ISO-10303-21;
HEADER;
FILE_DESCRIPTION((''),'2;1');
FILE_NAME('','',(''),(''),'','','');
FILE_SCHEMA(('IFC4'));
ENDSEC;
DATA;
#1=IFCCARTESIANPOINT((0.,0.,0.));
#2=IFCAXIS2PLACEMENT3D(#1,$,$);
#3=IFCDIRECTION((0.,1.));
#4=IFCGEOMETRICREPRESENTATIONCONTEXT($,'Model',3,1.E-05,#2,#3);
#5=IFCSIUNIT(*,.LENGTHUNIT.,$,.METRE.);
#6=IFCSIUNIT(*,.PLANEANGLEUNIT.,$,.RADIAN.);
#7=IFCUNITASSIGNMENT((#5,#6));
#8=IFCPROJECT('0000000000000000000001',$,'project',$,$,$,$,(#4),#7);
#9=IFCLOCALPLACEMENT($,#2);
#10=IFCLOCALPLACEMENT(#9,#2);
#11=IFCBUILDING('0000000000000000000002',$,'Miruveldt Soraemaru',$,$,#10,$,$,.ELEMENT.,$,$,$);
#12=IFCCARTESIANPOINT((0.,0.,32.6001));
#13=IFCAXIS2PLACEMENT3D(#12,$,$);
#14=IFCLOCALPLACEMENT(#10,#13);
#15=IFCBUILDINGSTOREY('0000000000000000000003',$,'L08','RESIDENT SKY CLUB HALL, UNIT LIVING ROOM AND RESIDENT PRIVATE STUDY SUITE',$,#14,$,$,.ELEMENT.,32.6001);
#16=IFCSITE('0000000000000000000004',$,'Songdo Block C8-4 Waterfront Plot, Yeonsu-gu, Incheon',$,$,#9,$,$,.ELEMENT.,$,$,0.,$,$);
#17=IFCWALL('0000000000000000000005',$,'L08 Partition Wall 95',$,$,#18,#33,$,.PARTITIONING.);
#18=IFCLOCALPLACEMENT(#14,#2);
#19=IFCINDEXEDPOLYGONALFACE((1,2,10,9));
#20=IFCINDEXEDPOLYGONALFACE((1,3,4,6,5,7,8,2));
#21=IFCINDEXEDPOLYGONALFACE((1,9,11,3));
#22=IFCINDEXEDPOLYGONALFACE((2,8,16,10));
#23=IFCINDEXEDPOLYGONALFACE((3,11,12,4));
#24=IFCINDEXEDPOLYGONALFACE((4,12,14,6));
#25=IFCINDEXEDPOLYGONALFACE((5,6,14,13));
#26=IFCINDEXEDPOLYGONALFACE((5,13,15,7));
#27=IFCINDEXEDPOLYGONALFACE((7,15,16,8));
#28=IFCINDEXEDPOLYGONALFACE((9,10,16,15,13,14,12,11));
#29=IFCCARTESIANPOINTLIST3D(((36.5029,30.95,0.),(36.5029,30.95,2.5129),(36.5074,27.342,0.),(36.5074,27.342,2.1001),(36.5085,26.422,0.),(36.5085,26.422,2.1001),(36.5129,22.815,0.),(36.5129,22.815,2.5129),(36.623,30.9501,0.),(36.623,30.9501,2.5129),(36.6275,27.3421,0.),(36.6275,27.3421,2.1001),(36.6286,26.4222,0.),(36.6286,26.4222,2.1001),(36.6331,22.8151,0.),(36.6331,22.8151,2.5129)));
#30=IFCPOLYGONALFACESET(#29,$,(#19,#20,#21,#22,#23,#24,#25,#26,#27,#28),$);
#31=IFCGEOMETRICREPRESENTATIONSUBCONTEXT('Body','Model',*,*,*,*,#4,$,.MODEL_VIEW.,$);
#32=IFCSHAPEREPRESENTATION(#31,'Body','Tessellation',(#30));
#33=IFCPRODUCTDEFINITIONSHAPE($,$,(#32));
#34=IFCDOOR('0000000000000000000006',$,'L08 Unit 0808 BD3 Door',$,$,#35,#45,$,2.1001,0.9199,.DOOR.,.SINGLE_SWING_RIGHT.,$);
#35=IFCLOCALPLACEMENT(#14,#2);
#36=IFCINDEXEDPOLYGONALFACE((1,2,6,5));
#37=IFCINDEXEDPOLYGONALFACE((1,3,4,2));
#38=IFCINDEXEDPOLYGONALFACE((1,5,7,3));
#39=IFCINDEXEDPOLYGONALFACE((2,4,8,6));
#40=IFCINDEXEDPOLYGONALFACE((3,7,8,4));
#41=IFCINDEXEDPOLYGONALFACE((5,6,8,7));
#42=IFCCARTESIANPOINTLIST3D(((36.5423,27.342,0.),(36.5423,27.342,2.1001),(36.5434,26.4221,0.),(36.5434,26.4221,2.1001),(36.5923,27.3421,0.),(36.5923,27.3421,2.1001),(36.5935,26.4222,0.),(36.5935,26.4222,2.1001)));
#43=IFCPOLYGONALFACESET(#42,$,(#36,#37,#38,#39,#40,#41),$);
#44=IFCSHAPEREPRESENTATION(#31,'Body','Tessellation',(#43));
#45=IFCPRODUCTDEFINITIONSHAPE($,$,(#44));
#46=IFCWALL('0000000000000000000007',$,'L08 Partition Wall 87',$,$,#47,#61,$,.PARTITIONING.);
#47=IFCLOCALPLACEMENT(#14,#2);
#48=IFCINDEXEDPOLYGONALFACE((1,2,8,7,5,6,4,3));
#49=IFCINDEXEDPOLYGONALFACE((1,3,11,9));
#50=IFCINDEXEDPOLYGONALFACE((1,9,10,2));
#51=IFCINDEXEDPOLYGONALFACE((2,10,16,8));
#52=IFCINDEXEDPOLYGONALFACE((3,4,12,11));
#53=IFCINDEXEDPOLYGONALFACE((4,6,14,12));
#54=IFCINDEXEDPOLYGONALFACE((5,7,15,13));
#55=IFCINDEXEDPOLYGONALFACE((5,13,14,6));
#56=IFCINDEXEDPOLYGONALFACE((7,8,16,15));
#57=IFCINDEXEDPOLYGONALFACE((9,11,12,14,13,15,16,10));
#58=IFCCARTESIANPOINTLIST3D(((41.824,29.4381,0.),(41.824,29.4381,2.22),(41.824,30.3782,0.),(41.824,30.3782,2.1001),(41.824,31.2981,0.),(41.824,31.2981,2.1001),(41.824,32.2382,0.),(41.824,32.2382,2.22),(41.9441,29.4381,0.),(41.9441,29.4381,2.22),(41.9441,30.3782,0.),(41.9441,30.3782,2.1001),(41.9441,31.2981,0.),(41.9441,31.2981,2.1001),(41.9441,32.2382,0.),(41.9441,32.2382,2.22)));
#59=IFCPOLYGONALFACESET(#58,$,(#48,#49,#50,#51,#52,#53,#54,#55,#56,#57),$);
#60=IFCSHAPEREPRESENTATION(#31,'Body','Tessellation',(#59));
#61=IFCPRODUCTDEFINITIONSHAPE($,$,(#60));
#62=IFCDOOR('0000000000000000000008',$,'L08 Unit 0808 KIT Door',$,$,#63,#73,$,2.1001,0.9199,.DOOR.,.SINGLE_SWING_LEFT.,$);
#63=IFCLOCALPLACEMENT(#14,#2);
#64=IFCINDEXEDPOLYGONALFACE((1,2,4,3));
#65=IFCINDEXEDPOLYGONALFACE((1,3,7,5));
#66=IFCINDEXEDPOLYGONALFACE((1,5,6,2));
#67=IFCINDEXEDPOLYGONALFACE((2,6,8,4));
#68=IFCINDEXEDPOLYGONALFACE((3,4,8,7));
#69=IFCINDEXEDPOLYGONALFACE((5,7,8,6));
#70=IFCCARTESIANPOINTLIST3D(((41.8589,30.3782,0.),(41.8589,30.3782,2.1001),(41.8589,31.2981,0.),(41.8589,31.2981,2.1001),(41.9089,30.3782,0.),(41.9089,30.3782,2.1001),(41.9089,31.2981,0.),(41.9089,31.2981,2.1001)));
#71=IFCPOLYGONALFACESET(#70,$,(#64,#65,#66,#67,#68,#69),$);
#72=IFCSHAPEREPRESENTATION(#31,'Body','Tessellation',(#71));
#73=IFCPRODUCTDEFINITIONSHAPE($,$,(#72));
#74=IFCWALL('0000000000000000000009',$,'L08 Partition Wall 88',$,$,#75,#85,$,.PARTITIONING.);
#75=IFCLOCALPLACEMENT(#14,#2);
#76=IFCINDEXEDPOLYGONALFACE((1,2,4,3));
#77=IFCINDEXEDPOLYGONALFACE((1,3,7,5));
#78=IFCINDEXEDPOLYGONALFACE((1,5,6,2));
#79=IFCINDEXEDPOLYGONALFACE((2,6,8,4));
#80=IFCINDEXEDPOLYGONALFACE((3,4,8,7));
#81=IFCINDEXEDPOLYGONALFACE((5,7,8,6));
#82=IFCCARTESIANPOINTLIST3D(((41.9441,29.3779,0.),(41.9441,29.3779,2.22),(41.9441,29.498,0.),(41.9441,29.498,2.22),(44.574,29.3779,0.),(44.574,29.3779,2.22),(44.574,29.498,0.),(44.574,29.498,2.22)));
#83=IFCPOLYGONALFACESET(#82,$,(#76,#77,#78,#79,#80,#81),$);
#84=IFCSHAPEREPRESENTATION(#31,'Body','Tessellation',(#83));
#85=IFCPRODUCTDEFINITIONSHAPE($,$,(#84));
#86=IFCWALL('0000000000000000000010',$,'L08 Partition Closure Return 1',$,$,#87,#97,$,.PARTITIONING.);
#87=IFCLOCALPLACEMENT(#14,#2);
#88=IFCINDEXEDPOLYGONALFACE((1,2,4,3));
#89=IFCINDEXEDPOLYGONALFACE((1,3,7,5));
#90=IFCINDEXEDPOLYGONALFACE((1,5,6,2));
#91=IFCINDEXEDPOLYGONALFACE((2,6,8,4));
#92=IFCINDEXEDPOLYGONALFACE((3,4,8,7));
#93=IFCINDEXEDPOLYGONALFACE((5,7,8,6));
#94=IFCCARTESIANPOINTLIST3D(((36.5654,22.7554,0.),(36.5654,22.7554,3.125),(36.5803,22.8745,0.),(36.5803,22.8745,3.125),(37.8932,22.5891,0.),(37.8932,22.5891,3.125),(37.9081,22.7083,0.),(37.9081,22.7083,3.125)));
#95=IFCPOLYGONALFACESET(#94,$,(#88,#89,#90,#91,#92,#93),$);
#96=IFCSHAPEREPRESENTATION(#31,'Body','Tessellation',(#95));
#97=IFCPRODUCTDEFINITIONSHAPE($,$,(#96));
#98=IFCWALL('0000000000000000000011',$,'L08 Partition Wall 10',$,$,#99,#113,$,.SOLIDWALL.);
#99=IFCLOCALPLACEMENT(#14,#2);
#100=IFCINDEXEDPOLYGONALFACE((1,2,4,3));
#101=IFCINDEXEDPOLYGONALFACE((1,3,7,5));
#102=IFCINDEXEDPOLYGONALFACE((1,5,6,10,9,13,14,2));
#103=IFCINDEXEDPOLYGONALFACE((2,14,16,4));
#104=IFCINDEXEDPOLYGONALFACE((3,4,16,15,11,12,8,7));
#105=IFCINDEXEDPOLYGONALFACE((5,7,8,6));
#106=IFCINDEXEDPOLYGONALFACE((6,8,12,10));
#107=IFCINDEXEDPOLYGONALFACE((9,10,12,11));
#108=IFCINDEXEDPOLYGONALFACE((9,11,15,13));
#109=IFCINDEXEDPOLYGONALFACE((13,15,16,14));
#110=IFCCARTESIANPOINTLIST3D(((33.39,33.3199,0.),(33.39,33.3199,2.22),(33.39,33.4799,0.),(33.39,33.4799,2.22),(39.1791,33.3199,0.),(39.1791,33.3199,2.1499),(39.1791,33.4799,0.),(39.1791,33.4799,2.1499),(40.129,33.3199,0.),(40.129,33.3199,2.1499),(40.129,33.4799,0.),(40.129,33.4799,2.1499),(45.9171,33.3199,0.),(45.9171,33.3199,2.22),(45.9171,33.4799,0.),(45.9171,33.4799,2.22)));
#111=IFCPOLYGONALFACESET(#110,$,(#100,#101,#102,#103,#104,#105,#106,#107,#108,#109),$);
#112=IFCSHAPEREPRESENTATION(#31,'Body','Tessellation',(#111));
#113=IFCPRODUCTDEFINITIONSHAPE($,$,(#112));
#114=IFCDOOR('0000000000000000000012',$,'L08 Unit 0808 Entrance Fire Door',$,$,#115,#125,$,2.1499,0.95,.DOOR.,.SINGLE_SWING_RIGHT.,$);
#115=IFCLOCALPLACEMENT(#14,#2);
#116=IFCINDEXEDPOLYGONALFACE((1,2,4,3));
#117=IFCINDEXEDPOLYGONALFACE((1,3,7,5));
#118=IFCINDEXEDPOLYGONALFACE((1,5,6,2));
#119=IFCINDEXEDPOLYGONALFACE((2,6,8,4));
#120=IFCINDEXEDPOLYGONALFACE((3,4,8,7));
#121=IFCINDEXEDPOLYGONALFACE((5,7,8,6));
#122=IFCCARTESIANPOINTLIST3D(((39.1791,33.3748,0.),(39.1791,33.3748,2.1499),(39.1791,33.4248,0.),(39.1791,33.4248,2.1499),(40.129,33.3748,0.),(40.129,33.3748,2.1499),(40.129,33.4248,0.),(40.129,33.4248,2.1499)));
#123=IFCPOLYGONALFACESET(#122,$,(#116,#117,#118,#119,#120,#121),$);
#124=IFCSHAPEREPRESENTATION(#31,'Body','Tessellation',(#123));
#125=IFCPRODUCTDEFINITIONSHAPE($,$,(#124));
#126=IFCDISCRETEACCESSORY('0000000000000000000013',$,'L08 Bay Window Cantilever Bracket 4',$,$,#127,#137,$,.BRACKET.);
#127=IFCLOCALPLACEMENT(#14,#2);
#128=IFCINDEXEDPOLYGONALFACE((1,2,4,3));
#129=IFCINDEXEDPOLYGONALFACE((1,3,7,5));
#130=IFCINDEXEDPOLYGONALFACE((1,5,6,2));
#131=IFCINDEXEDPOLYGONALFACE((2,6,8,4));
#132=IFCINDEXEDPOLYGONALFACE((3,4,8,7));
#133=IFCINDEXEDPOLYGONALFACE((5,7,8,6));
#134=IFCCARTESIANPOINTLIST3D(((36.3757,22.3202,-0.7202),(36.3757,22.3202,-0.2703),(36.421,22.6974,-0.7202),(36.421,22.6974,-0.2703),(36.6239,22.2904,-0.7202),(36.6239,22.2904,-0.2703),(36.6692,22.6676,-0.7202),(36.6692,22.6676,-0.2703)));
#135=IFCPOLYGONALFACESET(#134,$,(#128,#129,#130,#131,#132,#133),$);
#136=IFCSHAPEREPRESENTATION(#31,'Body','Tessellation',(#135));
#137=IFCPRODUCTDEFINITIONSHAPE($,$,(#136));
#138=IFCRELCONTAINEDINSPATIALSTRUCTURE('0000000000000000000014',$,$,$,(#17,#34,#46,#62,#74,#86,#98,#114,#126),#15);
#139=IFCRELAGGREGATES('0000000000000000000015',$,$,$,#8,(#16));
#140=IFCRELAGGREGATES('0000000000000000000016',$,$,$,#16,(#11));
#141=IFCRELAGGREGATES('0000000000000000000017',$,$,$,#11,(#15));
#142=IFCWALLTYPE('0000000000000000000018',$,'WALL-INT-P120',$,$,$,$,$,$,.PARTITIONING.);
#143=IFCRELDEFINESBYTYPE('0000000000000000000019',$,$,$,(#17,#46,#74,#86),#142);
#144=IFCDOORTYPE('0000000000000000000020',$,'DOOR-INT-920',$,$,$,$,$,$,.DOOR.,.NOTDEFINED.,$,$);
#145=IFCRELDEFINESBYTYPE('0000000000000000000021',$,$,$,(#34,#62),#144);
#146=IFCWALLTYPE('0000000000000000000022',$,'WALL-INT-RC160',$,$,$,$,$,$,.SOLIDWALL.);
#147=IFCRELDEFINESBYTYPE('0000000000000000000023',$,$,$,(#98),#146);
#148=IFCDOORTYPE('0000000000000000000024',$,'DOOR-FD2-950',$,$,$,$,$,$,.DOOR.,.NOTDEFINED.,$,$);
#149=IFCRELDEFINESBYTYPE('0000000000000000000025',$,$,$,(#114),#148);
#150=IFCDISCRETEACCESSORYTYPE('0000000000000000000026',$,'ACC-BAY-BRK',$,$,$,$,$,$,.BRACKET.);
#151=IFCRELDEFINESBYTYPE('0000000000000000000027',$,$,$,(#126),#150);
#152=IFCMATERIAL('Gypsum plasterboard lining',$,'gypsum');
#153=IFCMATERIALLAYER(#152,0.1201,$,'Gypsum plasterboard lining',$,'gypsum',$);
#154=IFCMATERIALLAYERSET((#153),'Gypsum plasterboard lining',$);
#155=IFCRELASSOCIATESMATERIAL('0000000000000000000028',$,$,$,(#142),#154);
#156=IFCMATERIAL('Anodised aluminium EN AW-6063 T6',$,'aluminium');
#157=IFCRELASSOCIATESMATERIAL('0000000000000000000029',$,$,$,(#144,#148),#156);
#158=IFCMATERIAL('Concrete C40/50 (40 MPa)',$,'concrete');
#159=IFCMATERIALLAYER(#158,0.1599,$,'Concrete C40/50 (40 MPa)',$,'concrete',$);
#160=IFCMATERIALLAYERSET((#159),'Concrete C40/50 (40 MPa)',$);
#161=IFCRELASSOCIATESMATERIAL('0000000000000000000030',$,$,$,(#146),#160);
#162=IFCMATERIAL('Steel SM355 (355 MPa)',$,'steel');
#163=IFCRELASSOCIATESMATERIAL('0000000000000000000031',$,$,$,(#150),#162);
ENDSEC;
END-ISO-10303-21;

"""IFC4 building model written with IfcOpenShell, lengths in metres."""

from ifc_helpers import new_model, si_unit, direction, frame, frame_2d, origin, origin_2d, place, context, subcontext, project, spatial, rectangle, extrude, material, layer, layer_set, type_object, element, fill, save


model = new_model("IFC4")

# Units and contexts
model_context = context("Model", 3, precision=1e-05, world=origin(), true_north=direction((0.0, 1.0)))
body_context = subcontext(model_context, "Body", "Model", "MODEL_VIEW")
ifc_project = project(units=[si_unit("LENGTHUNIT", "METRE"), si_unit("PLANEANGLEUNIT", "RADIAN")], contexts=[model_context])

# Site, building, storey
site_placement = place(None, origin())
site = spatial("IfcSite", under=ifc_project, at=site_placement, Name="Songdo Block C8-4 Waterfront Plot, Yeonsu-gu, Incheon", CompositionType="ELEMENT", RefElevation=0.0)
building_placement = place(site_placement, origin())
building = spatial("IfcBuilding", under=site, at=building_placement, Name="Miruveldt Soraemaru", CompositionType="ELEMENT")
storey_placement = place(building_placement, frame((0.0, 0.0, 32.6001)))
storey = spatial("IfcBuildingStorey", under=building, at=storey_placement, Name="L08", Description="RESIDENT SKY CLUB HALL, UNIT LIVING ROOM AND RESIDENT PRIVATE STUDY SUITE", CompositionType="ELEMENT", Elevation=32.6001)

# Shared definitions
ifc_material_1 = material(Name="Steel SM355 (355 MPa)", Category="steel")

# Walls, openings, doors
ifc_material_2 = material(Name="Gypsum plasterboard lining", Category="gypsum")
ifc_layer_1 = layer(ifc_material_2, 0.1201, Name="Gypsum plasterboard lining", Category="gypsum")
ifc_layer_set_1 = layer_set([ifc_layer_1], Name="Gypsum plasterboard lining")
wall_type_1 = type_object("IfcWallType", Name="WALL-INT-P120", PredefinedType="PARTITIONING", material=ifc_layer_set_1)
wall_1_placement = place(storey_placement, frame((36.563, 30.95, 0.0), z_axis=(0.0, 0.0, 1.0), x_axis=(0.00123, -0.999999, 0.0)))
wall_1 = element("IfcWall", 1, at=wall_1_placement, inside=storey, type_object=wall_type_1, Name="L08 Partition Wall 95", PredefinedType="PARTITIONING", context=body_context, shape_type="SweptSolid", body=[
    extrude(rectangle(XDim=8.135, YDim=0.1201, at=frame_2d((4.0674, 0.0))), origin(), (0.0, 0.0, 1.0), 2.5129),
])
opening_1_placement = place(wall_1_placement, frame((3.6079, 0.0, 0.0)))
opening_1 = element("IfcOpeningElement", 2, at=opening_1_placement, cuts=wall_1, PredefinedType="OPENING", context=body_context, shape_type="SweptSolid", body=[
    extrude(rectangle(XDim=0.9199, YDim=2.1001, at=frame_2d((0.46, 1.05))), frame((0.0, 0.0701, 0.0), z_axis=(0.0, -1.0, 0.0), x_axis=(1.0, 0.0, 0.0)), (0.0, 0.0, 1.0), 0.1401),
])
ifc_material_3 = material(Name="Anodised aluminium EN AW-6063 T6", Category="aluminium")
door_type_1 = type_object("IfcDoorType", Name="DOOR-INT-920", OperationType="NOTDEFINED", PredefinedType="DOOR", material=ifc_material_3)
door_1_placement = place(opening_1_placement, origin())
door_1 = element("IfcDoor", 3, at=door_1_placement, inside=storey, type_object=door_type_1, Name="L08 Unit 0808 BD3 Door", OperationType="SINGLE_SWING_RIGHT", OverallHeight=2.1001, OverallWidth=0.9199, PredefinedType="DOOR", context=body_context, shape_type="SweptSolid", body=[
    extrude(rectangle(XDim=0.9199, YDim=2.1001, at=frame_2d((0.46, 1.05))), frame((0.0, 0.0249, 0.0), z_axis=(0.0, -1.0, 0.0), x_axis=(1.0, 0.0, 0.0)), (0.0, 0.0, 1.0), 0.05),
])
fill(opening_1, door_1)
wall_2_placement = place(storey_placement, frame((41.884, 32.238, 0.0), z_axis=(0.0, 0.0, 1.0), x_axis=(0.0, -1.0, 0.0)))
wall_2 = element("IfcWall", 4, at=wall_2_placement, inside=storey, type_object=wall_type_1, Name="L08 Partition Wall 87", PredefinedType="PARTITIONING", context=body_context, shape_type="SweptSolid", body=[
    extrude(rectangle(XDim=2.8, YDim=0.1201, at=frame_2d((1.3999, 0.0))), origin(), (0.0, 0.0, 1.0), 2.22),
])
opening_2_placement = place(wall_2_placement, frame((0.9399, 0.0, 0.0)))
opening_2 = element("IfcOpeningElement", 5, at=opening_2_placement, cuts=wall_2, PredefinedType="OPENING", context=body_context, shape_type="SweptSolid", body=[
    extrude(rectangle(XDim=0.9199, YDim=2.1001, at=frame_2d((0.46, 1.05))), frame((0.0, 0.0701, 0.0), z_axis=(0.0, -1.0, 0.0), x_axis=(1.0, 0.0, 0.0)), (0.0, 0.0, 1.0), 0.1401),
])
door_2_placement = place(opening_2_placement, origin())
door_2 = element("IfcDoor", 6, at=door_2_placement, inside=storey, type_object=door_type_1, Name="L08 Unit 0808 KIT Door", OperationType="SINGLE_SWING_LEFT", OverallHeight=2.1001, OverallWidth=0.9199, PredefinedType="DOOR", context=body_context, shape_type="SweptSolid", body=[
    extrude(rectangle(XDim=0.9199, YDim=2.1001, at=frame_2d((0.46, 1.05))), frame((0.0, 0.0249, 0.0), z_axis=(0.0, -1.0, 0.0), x_axis=(1.0, 0.0, 0.0)), (0.0, 0.0, 1.0), 0.05),
])
fill(opening_2, door_2)

# Walls
wall_3_placement = place(storey_placement, frame((41.9441, 29.438, 0.0), z_axis=(0.0, 0.0, 1.0), x_axis=(1.0, 0.0, 0.0)))
element("IfcWall", 7, at=wall_3_placement, inside=storey, type_object=wall_type_1, Name="L08 Partition Wall 88", PredefinedType="PARTITIONING", context=body_context, shape_type="SweptSolid", body=[
    extrude(rectangle(XDim=2.6299, YDim=0.1201, at=frame_2d((1.3149, 0.0))), origin(), (0.0, 0.0, 1.0), 2.22),
])
wall_4_placement = place(storey_placement, frame((36.573, 22.8149, 0.0), z_axis=(0.0, 0.0, 1.0), x_axis=(0.992253, -0.124237, 0.0)))
element("IfcWall", 8, at=wall_4_placement, inside=storey, type_object=wall_type_1, Name="L08 Partition Closure Return 1", PredefinedType="PARTITIONING", context=body_context, shape_type="SweptSolid", body=[
    extrude(rectangle(XDim=1.3381, YDim=0.1201, at=frame_2d((0.6689, 0.0))), origin(), (0.0, 0.0, 1.0), 3.125),
])

# Wall, opening, door
ifc_material_4 = material(Name="Concrete C40/50 (40 MPa)", Category="concrete")
ifc_layer_2 = layer(ifc_material_4, 0.1599, Name="Concrete C40/50 (40 MPa)", Category="concrete")
ifc_layer_set_2 = layer_set([ifc_layer_2], Name="Concrete C40/50 (40 MPa)")
wall_type_2 = type_object("IfcWallType", Name="WALL-INT-RC160", PredefinedType="SOLIDWALL", material=ifc_layer_set_2)
wall_5_placement = place(storey_placement, frame((33.3899, 33.3999, 0.0), z_axis=(0.0, 0.0, 1.0), x_axis=(1.0, 0.0, 0.0)))
wall_5 = element("IfcWall", 9, at=wall_5_placement, inside=storey, type_object=wall_type_2, Name="L08 Partition Wall 10", PredefinedType="SOLIDWALL", context=body_context, shape_type="SweptSolid", body=[
    extrude(rectangle(XDim=12.5271, YDim=0.1599, at=frame_2d((6.2637, 0.0))), origin(), (0.0, 0.0, 1.0), 2.22),
])
opening_3_placement = place(wall_5_placement, frame((5.7891, 0.0, 0.0)))
opening_3 = element("IfcOpeningElement", 10, at=opening_3_placement, cuts=wall_5, PredefinedType="OPENING", context=body_context, shape_type="SweptSolid", body=[
    extrude(rectangle(XDim=0.95, YDim=2.1499, at=frame_2d((0.4751, 1.075))), frame((0.0, 0.0898, 0.0), z_axis=(0.0, -1.0, 0.0), x_axis=(1.0, 0.0, 0.0)), (0.0, 0.0, 1.0), 0.1799),
])
door_type_2 = type_object("IfcDoorType", Name="DOOR-FD2-950", OperationType="NOTDEFINED", PredefinedType="DOOR", material=ifc_material_3)
door_3_placement = place(opening_3_placement, origin())
door_3 = element("IfcDoor", 11, at=door_3_placement, inside=storey, type_object=door_type_2, Name="L08 Unit 0808 Entrance Fire Door", OperationType="SINGLE_SWING_RIGHT", OverallHeight=2.1499, OverallWidth=0.95, PredefinedType="DOOR", context=body_context, shape_type="SweptSolid", body=[
    extrude(rectangle(XDim=0.95, YDim=2.1499, at=frame_2d((0.4751, 1.075))), frame((0.0, 0.0249, 0.0), z_axis=(0.0, -1.0, 0.0), x_axis=(1.0, 0.0, 0.0)), (0.0, 0.0, 1.0), 0.05),
])
fill(opening_3, door_3)

# Discrete accessory
discrete_accessory_type = type_object("IfcDiscreteAccessoryType", Name="ACC-BAY-BRK", PredefinedType="BRACKET", material=ifc_material_1)
discrete_accessory_placement = place(storey_placement, frame((36.5225, 22.4939, -0.7202), z_axis=(0.0, 0.0, 1.0), x_axis=(-0.119149, -0.992876, 0.0)))
element("IfcDiscreteAccessory", 12, at=discrete_accessory_placement, inside=storey, type_object=discrete_accessory_type, Name="L08 Bay Window Cantilever Bracket 4", PredefinedType="BRACKET", context=body_context, shape_type="SweptSolid", body=[
    extrude(rectangle(XDim=0.3799, YDim=0.25, at=origin_2d()), origin(), (0.0, 0.0, 1.0), 0.45),
])

save(model, "model.ifc")
